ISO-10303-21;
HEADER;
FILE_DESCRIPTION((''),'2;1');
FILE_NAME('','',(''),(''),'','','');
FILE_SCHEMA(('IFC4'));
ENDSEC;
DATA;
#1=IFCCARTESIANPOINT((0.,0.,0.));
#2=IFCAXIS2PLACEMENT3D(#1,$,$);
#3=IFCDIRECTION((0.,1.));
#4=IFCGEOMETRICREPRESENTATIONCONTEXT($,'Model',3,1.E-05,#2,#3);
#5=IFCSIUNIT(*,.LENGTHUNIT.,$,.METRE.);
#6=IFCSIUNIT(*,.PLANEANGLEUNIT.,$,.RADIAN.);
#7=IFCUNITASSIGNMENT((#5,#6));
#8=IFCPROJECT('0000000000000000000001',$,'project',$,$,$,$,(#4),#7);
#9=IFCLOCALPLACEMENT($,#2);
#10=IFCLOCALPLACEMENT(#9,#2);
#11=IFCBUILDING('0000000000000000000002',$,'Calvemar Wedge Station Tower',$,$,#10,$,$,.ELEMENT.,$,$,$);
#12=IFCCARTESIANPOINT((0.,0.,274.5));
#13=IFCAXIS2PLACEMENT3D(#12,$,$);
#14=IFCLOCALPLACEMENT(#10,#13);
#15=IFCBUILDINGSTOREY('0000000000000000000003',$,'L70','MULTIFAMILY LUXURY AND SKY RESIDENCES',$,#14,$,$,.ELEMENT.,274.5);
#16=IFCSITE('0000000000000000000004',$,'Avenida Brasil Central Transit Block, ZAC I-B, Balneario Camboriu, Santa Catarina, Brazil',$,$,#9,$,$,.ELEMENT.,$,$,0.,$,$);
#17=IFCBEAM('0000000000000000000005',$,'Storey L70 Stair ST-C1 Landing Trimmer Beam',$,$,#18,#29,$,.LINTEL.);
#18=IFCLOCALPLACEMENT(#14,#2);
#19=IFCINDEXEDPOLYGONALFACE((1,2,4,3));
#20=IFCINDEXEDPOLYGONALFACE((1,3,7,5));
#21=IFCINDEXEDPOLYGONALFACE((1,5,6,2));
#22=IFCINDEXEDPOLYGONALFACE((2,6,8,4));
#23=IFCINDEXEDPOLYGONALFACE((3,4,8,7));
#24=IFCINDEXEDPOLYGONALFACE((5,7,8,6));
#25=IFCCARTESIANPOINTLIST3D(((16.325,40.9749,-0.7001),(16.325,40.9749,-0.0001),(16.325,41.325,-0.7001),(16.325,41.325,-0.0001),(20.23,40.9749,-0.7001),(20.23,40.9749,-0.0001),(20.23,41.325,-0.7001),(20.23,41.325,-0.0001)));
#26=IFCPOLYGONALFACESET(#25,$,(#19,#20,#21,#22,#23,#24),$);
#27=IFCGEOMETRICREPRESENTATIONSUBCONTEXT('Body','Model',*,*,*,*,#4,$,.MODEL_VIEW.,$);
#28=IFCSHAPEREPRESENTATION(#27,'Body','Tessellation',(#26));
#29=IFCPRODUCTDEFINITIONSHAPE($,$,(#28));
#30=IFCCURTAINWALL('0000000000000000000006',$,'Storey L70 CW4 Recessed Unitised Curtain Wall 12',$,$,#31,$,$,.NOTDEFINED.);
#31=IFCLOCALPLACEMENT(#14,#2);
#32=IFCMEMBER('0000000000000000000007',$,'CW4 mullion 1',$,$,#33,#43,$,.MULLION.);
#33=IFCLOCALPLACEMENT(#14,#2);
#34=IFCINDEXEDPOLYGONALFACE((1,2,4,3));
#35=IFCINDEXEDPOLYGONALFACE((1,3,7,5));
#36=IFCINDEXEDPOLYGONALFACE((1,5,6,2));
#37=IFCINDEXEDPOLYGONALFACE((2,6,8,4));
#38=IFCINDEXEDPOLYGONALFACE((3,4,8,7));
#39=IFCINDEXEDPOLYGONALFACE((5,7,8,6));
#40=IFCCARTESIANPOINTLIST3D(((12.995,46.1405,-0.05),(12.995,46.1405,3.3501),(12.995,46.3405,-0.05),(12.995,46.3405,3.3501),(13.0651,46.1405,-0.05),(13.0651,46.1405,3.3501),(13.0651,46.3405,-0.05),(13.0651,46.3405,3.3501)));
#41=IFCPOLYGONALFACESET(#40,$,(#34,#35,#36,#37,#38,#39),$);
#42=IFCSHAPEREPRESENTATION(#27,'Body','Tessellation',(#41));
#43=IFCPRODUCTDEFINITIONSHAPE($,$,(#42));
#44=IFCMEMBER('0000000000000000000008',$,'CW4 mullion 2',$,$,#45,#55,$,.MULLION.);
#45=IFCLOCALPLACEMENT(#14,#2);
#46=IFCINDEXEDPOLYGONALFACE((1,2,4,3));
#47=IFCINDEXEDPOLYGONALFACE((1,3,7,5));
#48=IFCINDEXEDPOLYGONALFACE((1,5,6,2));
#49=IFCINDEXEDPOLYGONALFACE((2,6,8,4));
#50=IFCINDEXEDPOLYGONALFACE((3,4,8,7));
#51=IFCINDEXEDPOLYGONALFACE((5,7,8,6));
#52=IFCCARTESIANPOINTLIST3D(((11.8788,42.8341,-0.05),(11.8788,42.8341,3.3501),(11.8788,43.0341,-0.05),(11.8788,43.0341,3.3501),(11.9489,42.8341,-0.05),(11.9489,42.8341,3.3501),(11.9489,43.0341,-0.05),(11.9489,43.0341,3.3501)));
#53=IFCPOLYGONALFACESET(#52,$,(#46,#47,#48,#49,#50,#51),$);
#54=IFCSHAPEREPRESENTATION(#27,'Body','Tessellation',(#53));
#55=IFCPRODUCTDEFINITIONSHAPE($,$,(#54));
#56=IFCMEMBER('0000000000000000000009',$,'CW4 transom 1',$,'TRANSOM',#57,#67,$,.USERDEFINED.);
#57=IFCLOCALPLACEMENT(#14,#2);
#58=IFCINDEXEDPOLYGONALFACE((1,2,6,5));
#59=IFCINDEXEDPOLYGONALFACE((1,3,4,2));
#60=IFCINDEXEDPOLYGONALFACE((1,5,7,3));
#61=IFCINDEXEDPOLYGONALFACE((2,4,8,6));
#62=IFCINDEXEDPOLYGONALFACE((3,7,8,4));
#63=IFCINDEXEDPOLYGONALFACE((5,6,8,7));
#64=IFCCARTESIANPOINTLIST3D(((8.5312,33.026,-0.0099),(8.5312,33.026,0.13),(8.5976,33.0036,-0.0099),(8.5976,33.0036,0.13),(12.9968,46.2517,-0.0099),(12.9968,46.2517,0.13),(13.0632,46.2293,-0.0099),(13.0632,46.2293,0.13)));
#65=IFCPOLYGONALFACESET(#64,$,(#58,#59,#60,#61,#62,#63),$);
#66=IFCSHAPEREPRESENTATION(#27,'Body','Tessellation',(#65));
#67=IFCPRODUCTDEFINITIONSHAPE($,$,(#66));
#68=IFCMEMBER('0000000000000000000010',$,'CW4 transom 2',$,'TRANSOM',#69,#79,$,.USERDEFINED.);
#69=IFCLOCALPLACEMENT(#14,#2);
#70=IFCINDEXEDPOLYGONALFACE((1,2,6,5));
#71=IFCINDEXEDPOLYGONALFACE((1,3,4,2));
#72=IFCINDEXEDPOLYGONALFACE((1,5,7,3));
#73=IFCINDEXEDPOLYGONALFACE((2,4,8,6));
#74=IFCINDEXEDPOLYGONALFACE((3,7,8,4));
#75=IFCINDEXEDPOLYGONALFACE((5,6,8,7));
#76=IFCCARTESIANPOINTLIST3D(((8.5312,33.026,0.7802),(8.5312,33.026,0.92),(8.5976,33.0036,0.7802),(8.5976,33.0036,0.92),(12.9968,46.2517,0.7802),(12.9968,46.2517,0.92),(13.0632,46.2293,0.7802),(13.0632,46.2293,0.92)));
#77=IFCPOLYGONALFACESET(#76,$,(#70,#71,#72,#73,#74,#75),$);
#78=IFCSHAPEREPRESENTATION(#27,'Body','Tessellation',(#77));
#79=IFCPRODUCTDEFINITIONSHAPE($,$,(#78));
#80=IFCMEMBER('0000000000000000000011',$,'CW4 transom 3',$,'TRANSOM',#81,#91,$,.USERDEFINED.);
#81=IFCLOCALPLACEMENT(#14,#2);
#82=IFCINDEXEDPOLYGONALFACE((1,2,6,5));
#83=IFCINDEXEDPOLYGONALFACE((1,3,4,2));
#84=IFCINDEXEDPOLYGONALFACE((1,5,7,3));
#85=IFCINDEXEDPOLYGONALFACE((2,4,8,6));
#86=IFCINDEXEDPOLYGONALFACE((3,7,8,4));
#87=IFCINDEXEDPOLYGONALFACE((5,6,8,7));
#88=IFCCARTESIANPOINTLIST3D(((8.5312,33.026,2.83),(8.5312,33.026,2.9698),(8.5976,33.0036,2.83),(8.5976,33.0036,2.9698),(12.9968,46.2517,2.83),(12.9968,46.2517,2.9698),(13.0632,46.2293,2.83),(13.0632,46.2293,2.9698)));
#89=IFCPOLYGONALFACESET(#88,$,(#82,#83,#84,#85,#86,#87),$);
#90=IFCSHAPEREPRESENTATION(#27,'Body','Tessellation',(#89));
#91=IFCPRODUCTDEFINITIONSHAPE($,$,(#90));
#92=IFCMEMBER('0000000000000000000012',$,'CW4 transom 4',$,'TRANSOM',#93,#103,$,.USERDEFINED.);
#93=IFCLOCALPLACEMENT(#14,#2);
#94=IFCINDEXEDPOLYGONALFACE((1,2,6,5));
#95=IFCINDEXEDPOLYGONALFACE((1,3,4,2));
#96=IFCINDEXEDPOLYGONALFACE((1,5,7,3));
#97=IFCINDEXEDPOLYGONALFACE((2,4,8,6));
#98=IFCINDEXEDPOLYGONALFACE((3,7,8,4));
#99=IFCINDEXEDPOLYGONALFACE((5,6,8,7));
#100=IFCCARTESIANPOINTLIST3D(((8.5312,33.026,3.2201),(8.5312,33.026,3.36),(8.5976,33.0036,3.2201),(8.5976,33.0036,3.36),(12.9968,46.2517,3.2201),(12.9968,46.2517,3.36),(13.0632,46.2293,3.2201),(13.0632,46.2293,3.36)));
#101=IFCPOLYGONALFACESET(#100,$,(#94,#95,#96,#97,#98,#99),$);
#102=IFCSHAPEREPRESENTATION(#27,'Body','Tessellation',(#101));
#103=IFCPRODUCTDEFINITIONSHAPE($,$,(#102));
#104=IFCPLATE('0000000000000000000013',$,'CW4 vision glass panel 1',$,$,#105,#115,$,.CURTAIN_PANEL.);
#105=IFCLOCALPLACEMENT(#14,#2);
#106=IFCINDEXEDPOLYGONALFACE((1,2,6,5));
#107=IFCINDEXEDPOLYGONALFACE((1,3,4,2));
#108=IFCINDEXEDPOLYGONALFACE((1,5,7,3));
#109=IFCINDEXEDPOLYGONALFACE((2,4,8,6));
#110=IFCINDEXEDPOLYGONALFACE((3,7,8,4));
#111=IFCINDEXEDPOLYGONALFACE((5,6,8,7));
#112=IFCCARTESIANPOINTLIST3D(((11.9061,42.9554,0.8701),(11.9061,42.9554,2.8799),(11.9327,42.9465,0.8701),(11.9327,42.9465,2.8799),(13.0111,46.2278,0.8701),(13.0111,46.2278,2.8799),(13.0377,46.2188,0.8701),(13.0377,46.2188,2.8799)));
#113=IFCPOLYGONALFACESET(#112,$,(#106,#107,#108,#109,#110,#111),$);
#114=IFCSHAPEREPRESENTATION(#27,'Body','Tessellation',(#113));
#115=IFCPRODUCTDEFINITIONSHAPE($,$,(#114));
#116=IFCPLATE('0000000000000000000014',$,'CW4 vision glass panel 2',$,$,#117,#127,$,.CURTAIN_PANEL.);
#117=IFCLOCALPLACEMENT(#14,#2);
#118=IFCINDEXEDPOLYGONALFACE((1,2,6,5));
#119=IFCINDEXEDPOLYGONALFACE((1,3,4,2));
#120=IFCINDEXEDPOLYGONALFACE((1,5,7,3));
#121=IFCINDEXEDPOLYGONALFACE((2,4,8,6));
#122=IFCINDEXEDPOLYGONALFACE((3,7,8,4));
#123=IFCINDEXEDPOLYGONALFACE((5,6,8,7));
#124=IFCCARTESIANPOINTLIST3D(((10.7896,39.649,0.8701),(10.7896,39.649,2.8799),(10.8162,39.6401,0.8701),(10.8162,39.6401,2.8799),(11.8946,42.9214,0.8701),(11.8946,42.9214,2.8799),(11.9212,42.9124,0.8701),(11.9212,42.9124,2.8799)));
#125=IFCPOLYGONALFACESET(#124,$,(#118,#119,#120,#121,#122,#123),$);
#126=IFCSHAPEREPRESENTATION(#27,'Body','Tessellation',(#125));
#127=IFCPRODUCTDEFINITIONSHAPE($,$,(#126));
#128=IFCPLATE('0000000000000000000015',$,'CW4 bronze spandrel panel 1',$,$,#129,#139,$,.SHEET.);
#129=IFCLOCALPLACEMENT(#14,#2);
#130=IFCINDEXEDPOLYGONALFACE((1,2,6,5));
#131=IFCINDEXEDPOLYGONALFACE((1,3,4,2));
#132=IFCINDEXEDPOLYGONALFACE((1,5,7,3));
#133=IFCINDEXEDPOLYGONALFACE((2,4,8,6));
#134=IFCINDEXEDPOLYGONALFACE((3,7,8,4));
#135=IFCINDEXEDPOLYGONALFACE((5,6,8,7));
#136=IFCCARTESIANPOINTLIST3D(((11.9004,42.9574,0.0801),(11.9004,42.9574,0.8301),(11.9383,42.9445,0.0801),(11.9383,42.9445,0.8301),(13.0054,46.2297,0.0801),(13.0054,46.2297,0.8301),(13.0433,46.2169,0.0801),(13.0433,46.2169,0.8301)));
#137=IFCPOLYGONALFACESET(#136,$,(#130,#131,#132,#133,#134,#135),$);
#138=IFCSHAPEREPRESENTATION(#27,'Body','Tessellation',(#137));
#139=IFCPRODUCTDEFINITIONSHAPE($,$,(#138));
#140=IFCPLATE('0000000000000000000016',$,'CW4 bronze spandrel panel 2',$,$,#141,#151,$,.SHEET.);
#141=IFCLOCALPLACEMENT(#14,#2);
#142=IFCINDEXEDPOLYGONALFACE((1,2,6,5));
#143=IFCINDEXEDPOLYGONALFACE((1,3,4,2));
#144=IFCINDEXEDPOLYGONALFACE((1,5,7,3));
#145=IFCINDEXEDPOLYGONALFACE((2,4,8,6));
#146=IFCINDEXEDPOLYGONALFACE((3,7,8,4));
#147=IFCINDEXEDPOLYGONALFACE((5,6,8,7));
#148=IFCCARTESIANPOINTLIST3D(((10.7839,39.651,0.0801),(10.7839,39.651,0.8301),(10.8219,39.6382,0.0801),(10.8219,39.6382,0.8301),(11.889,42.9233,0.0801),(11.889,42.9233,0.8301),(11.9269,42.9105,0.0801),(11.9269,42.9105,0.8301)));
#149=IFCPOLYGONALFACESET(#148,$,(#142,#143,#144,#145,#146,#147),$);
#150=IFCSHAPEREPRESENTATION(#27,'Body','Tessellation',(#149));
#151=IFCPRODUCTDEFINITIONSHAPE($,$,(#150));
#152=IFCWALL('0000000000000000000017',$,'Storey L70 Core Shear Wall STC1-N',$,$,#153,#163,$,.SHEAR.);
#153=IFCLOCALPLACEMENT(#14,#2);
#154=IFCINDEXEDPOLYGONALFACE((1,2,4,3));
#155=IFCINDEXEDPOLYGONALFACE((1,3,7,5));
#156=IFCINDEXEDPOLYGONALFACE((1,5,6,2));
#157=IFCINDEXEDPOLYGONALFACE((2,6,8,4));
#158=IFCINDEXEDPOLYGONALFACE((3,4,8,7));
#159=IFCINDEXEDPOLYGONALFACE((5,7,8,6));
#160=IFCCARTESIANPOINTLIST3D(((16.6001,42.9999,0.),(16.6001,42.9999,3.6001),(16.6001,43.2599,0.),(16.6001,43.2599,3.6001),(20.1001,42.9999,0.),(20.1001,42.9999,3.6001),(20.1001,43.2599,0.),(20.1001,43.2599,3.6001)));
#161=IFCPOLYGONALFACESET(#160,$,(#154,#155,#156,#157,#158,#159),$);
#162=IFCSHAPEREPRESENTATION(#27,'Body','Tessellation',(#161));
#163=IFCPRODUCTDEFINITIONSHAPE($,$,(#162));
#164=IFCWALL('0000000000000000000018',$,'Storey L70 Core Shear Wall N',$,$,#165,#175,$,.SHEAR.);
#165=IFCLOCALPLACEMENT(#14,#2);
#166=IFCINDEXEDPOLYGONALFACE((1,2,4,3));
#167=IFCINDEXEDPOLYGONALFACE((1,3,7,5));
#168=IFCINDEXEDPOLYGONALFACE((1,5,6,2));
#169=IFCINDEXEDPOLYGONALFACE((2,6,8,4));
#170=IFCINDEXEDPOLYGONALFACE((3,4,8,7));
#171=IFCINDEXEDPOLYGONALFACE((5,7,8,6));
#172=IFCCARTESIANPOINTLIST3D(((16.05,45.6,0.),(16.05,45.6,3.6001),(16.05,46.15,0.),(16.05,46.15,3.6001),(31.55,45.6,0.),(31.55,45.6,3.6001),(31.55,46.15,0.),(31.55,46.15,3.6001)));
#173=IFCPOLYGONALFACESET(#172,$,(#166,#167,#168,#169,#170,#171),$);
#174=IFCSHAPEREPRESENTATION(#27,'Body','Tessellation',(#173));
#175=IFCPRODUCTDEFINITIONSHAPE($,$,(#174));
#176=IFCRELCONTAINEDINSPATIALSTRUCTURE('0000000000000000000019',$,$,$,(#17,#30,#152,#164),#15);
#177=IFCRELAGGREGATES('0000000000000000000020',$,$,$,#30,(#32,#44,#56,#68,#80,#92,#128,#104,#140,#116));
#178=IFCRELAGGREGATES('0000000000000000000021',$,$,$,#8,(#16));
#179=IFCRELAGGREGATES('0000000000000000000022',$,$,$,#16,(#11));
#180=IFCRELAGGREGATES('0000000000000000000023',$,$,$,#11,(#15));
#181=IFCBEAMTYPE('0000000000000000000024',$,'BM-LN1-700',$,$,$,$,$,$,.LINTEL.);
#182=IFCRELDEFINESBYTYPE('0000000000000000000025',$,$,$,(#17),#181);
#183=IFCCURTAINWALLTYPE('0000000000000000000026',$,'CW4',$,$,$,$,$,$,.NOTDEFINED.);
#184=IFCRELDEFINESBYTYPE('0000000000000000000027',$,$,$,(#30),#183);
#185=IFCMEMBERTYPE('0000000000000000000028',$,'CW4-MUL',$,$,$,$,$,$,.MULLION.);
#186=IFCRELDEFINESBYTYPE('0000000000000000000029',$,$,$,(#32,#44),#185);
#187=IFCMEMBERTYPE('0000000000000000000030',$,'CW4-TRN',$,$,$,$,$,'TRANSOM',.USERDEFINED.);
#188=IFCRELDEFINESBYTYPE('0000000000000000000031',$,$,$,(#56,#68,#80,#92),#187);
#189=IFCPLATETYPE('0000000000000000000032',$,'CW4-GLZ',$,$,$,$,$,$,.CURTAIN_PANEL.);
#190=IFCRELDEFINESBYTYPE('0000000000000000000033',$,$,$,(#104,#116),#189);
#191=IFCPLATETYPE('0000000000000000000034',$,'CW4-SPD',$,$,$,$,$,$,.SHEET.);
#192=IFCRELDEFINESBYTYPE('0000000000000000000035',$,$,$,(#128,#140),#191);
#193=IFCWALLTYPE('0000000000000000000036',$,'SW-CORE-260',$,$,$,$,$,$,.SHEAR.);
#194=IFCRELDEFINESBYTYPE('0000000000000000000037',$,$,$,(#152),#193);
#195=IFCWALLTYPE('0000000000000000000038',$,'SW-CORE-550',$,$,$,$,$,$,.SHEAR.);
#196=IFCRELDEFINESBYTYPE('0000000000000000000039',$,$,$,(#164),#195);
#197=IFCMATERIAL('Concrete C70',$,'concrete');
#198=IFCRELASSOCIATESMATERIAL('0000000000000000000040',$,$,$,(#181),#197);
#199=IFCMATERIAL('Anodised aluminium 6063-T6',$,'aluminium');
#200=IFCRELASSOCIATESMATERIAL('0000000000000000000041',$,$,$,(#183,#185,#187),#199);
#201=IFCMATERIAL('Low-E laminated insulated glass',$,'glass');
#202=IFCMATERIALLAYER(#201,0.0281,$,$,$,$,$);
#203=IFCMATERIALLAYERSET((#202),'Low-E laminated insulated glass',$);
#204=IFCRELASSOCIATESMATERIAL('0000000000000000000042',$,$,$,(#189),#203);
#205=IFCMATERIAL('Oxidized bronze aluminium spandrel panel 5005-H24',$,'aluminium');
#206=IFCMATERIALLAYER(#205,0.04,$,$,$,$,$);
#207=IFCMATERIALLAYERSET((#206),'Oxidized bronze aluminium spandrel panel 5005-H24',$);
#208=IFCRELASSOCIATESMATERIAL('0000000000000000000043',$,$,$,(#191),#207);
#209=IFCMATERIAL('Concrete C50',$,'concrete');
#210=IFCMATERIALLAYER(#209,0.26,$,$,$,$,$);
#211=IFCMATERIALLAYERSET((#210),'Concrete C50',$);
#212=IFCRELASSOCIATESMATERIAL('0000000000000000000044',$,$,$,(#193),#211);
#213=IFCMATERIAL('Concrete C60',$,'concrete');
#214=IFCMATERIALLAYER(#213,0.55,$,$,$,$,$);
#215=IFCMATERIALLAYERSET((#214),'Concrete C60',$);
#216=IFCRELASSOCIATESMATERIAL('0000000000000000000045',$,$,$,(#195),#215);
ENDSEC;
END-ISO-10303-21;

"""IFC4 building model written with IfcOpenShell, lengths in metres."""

from ifc_helpers import new_model, si_unit, direction, frame, frame_2d, origin, origin_2d, place, context, subcontext, project, spatial, rectangle, extrude, source, transform, mapped, material, layer, layer_set, material_profile, profile_set, type_object, element, aggregate, save


model = new_model("IFC4")

# Units and contexts
model_context = context("Model", 3, precision=1e-05, world=origin(), true_north=direction((0.0, 1.0)))
body_context = subcontext(model_context, "Body", "Model", "MODEL_VIEW")
ifc_project = project(units=[si_unit("LENGTHUNIT", "METRE"), si_unit("PLANEANGLEUNIT", "RADIAN")], contexts=[model_context])

# Site, building, storey
site_placement = place(None, origin())
site = spatial("IfcSite", under=ifc_project, at=site_placement, Name="Avenida Brasil Central Transit Block, ZAC I-B, Balneario Camboriu, Santa Catarina, Brazil", CompositionType="ELEMENT", RefElevation=0.0)
building_placement = place(site_placement, origin())
building = spatial("IfcBuilding", under=site, at=building_placement, Name="Calvemar Wedge Station Tower", CompositionType="ELEMENT")
storey_placement = place(building_placement, frame((0.0, 0.0, 274.5)))
storey = spatial("IfcBuildingStorey", under=building, at=storey_placement, Name="L70", Description="MULTIFAMILY LUXURY AND SKY RESIDENCES", CompositionType="ELEMENT", Elevation=274.5)

# Beam
ifc_material_1 = material(Name="Concrete C70", Category="concrete")
ifc_material_profile_1 = material_profile(ifc_material_1, rectangle(XDim=0.3501, YDim=0.7, at=origin_2d()), Name="RC350x700")
ifc_profile_set_1 = profile_set([ifc_material_profile_1], Name="Concrete C70")
beam_type = type_object("IfcBeamType", Name="BM-LN1-700", PredefinedType="LINTEL", material=ifc_profile_set_1)
shared_shape_1 = source(origin(), body_context, "Body", "SweptSolid", [
    extrude(rectangle(XDim=0.3501, YDim=0.7, at=origin_2d()), origin(), (0.0, 0.0, 1.0), 3.905),
])
beam_placement = place(storey_placement, frame((16.325, 41.1499, -0.3501), z_axis=(1.0, 0.0, 0.0), x_axis=(0.0, 1.0, 0.0)))
element("IfcBeam", 1, at=beam_placement, inside=storey, type_object=beam_type, Name="Storey L70 Stair ST-C1 Landing Trimmer Beam", PredefinedType="LINTEL", context=body_context, shape_type="MappedRepresentation", body=[
    mapped(shared_shape_1, transform((0.0, 0.0, 0.0), scale=1.0)),
])

# Curtain wall, members, plates
ifc_material_2 = material(Name="Anodised aluminium 6063-T6", Category="aluminium")
curtain_wall_type = type_object("IfcCurtainWallType", Name="CW4", PredefinedType="NOTDEFINED", material=ifc_material_2)
curtain_wall_placement = place(storey_placement, origin())
curtain_wall = element("IfcCurtainWall", 2, at=curtain_wall_placement, inside=storey, type_object=curtain_wall_type, Name="Storey L70 CW4 Recessed Unitised Curtain Wall 12", PredefinedType="NOTDEFINED")
ifc_material_profile_2 = material_profile(ifc_material_2, rectangle(XDim=0.0701, YDim=0.2, at=origin_2d()), Name="AL-MUL-70x200")
ifc_profile_set_2 = profile_set([ifc_material_profile_2], Name="Anodised aluminium 6063-T6")
member_type_1 = type_object("IfcMemberType", Name="CW4-MUL", PredefinedType="MULLION", material=ifc_profile_set_2)
shared_shape_2 = source(origin(), body_context, "Body", "SweptSolid", [
    extrude(rectangle(XDim=0.0701, YDim=0.2, at=origin_2d()), origin(), (0.0, 0.0, 1.0), 3.4001),
])
member_1_placement = place(storey_placement, frame((13.03, 46.2405, -0.05), z_axis=(0.0, 0.0, 1.0), x_axis=(1.0, 0.0, 0.0)))
member_1 = element("IfcMember", 3, at=member_1_placement, type_object=member_type_1, Name="CW4 mullion 1", PredefinedType="MULLION", context=body_context, shape_type="MappedRepresentation", body=[
    mapped(shared_shape_2, transform((0.0, 0.0, 0.0), scale=1.0)),
])
member_2_placement = place(storey_placement, frame((11.9138, 42.9341, -0.05), z_axis=(0.0, 0.0, 1.0), x_axis=(1.0, 0.0, 0.0)))
member_2 = element("IfcMember", 4, at=member_2_placement, type_object=member_type_1, Name="CW4 mullion 2", PredefinedType="MULLION", context=body_context, shape_type="MappedRepresentation", body=[
    mapped(shared_shape_2, transform((0.0, 0.0, 0.0), scale=1.0)),
])
ifc_material_profile_3 = material_profile(ifc_material_2, rectangle(XDim=0.0701, YDim=0.1399, at=origin_2d()), Name="AL-TRN-70x140")
ifc_profile_set_3 = profile_set([ifc_material_profile_3], Name="Anodised aluminium 6063-T6")
member_type_2 = type_object("IfcMemberType", Name="CW4-TRN", ElementType="TRANSOM", PredefinedType="USERDEFINED", material=ifc_profile_set_3)
shared_shape_3 = source(origin(), body_context, "Body", "SweptSolid", [
    extrude(rectangle(XDim=0.0701, YDim=0.1399, at=origin_2d()), origin(), (0.0, 0.0, 1.0), 13.9592),
])
member_3_placement = place(storey_placement, frame((13.03, 46.2405, 0.0601), z_axis=(-0.319903, -0.94745, 0.0), x_axis=(0.94745, -0.319903, 0.0)))
member_3 = element("IfcMember", 5, at=member_3_placement, type_object=member_type_2, Name="CW4 transom 1", ObjectType="TRANSOM", PredefinedType="USERDEFINED", context=body_context, shape_type="MappedRepresentation", body=[
    mapped(shared_shape_3, transform((0.0, 0.0, 0.0), scale=1.0)),
])
member_4_placement = place(storey_placement, frame((13.03, 46.2405, 0.8501), z_axis=(-0.319903, -0.94745, 0.0), x_axis=(0.94745, -0.319903, 0.0)))
member_4 = element("IfcMember", 6, at=member_4_placement, type_object=member_type_2, Name="CW4 transom 2", ObjectType="TRANSOM", PredefinedType="USERDEFINED", context=body_context, shape_type="MappedRepresentation", body=[
    mapped(shared_shape_3, transform((0.0, 0.0, 0.0), scale=1.0)),
])
member_5_placement = place(storey_placement, frame((13.03, 46.2405, 2.8999), z_axis=(-0.319903, -0.94745, 0.0), x_axis=(0.94745, -0.319903, 0.0)))
member_5 = element("IfcMember", 7, at=member_5_placement, type_object=member_type_2, Name="CW4 transom 3", ObjectType="TRANSOM", PredefinedType="USERDEFINED", context=body_context, shape_type="MappedRepresentation", body=[
    mapped(shared_shape_3, transform((0.0, 0.0, 0.0), scale=1.0)),
])
member_6_placement = place(storey_placement, frame((13.03, 46.2405, 3.29), z_axis=(-0.319903, -0.94745, 0.0), x_axis=(0.94745, -0.319903, 0.0)))
member_6 = element("IfcMember", 8, at=member_6_placement, type_object=member_type_2, Name="CW4 transom 4", ObjectType="TRANSOM", PredefinedType="USERDEFINED", context=body_context, shape_type="MappedRepresentation", body=[
    mapped(shared_shape_3, transform((0.0, 0.0, 0.0), scale=1.0)),
])
ifc_material_3 = material(Name="Low-E laminated insulated glass", Category="glass")
ifc_layer_1 = layer(ifc_material_3, 0.0281)
ifc_layer_set_1 = layer_set([ifc_layer_1], Name="Low-E laminated insulated glass")
plate_type_1 = type_object("IfcPlateType", Name="CW4-GLZ", PredefinedType="CURTAIN_PANEL", material=ifc_layer_set_1)
plate_1_placement = place(storey_placement, frame((13.0244, 46.2234, 0.8701), z_axis=(0.0, 0.0, 1.0), x_axis=(-0.319936, -0.947439, 0.0)))
plate_1 = element("IfcPlate", 9, at=plate_1_placement, type_object=plate_type_1, Name="CW4 vision glass panel 1", PredefinedType="CURTAIN_PANEL", context=body_context, shape_type="SweptSolid", body=[
    extrude(rectangle(XDim=3.4539, YDim=0.0281, at=frame_2d((1.7271, 0.0))), origin(), (0.0, 0.0, 1.0), 2.0098),
])
plate_2_placement = place(storey_placement, frame((11.908, 42.917, 0.8701), z_axis=(0.0, 0.0, 1.0), x_axis=(-0.319936, -0.947439, 0.0)))
plate_2 = element("IfcPlate", 10, at=plate_2_placement, type_object=plate_type_1, Name="CW4 vision glass panel 2", PredefinedType="CURTAIN_PANEL", context=body_context, shape_type="SweptSolid", body=[
    extrude(rectangle(XDim=3.4539, YDim=0.0281, at=frame_2d((1.7271, 0.0))), origin(), (0.0, 0.0, 1.0), 2.0098),
])
ifc_material_4 = material(Name="Oxidized bronze aluminium spandrel panel 5005-H24", Category="aluminium")
ifc_layer_2 = layer(ifc_material_4, 0.04)
ifc_layer_set_2 = layer_set([ifc_layer_2], Name="Oxidized bronze aluminium spandrel panel 5005-H24")
plate_type_2 = type_object("IfcPlateType", Name="CW4-SPD", PredefinedType="SHEET", material=ifc_layer_set_2)
plate_3_placement = place(storey_placement, frame((13.0244, 46.2234, 0.0801), z_axis=(0.0, 0.0, 1.0), x_axis=(-0.319936, -0.947439, 0.0)))
plate_3 = element("IfcPlate", 11, at=plate_3_placement, type_object=plate_type_2, Name="CW4 bronze spandrel panel 1", PredefinedType="SHEET", context=body_context, shape_type="SweptSolid", body=[
    extrude(rectangle(XDim=3.4539, YDim=0.04, at=frame_2d((1.7271, 0.0))), origin(), (0.0, 0.0, 1.0), 0.75),
])
plate_4_placement = place(storey_placement, frame((11.908, 42.917, 0.0801), z_axis=(0.0, 0.0, 1.0), x_axis=(-0.319936, -0.947439, 0.0)))
plate_4 = element("IfcPlate", 12, at=plate_4_placement, type_object=plate_type_2, Name="CW4 bronze spandrel panel 2", PredefinedType="SHEET", context=body_context, shape_type="SweptSolid", body=[
    extrude(rectangle(XDim=3.4539, YDim=0.04, at=frame_2d((1.7271, 0.0))), origin(), (0.0, 0.0, 1.0), 0.75),
])
aggregate(curtain_wall, [member_1, member_2, member_3, member_4, member_5, member_6, plate_3, plate_1, plate_4, plate_2])

# Walls
ifc_material_5 = material(Name="Concrete C50", Category="concrete")
ifc_layer_3 = layer(ifc_material_5, 0.26)
ifc_layer_set_3 = layer_set([ifc_layer_3], Name="Concrete C50")
wall_type_1 = type_object("IfcWallType", Name="SW-CORE-260", PredefinedType="SHEAR", material=ifc_layer_set_3)
wall_1_placement = place(storey_placement, frame((16.6001, 43.1299, 0.0), z_axis=(0.0, 0.0, 1.0), x_axis=(1.0, 0.0, 0.0)))
element("IfcWall", 13, at=wall_1_placement, inside=storey, type_object=wall_type_1, Name="Storey L70 Core Shear Wall STC1-N", PredefinedType="SHEAR", context=body_context, shape_type="SweptSolid", body=[
    extrude(rectangle(XDim=3.5, YDim=0.26, at=frame_2d((1.75, 0.0))), origin(), (0.0, 0.0, 1.0), 3.6001),
])
ifc_material_6 = material(Name="Concrete C60", Category="concrete")
ifc_layer_4 = layer(ifc_material_6, 0.55)
ifc_layer_set_4 = layer_set([ifc_layer_4], Name="Concrete C60")
wall_type_2 = type_object("IfcWallType", Name="SW-CORE-550", PredefinedType="SHEAR", material=ifc_layer_set_4)
wall_2_placement = place(storey_placement, frame((16.05, 45.875, 0.0), z_axis=(0.0, 0.0, 1.0), x_axis=(1.0, 0.0, 0.0)))
element("IfcWall", 14, at=wall_2_placement, inside=storey, type_object=wall_type_2, Name="Storey L70 Core Shear Wall N", PredefinedType="SHEAR", context=body_context, shape_type="SweptSolid", body=[
    extrude(rectangle(XDim=15.5, YDim=0.55, at=frame_2d((7.75, 0.0))), origin(), (0.0, 0.0, 1.0), 3.6001),
])

save(model, "model.ifc")
